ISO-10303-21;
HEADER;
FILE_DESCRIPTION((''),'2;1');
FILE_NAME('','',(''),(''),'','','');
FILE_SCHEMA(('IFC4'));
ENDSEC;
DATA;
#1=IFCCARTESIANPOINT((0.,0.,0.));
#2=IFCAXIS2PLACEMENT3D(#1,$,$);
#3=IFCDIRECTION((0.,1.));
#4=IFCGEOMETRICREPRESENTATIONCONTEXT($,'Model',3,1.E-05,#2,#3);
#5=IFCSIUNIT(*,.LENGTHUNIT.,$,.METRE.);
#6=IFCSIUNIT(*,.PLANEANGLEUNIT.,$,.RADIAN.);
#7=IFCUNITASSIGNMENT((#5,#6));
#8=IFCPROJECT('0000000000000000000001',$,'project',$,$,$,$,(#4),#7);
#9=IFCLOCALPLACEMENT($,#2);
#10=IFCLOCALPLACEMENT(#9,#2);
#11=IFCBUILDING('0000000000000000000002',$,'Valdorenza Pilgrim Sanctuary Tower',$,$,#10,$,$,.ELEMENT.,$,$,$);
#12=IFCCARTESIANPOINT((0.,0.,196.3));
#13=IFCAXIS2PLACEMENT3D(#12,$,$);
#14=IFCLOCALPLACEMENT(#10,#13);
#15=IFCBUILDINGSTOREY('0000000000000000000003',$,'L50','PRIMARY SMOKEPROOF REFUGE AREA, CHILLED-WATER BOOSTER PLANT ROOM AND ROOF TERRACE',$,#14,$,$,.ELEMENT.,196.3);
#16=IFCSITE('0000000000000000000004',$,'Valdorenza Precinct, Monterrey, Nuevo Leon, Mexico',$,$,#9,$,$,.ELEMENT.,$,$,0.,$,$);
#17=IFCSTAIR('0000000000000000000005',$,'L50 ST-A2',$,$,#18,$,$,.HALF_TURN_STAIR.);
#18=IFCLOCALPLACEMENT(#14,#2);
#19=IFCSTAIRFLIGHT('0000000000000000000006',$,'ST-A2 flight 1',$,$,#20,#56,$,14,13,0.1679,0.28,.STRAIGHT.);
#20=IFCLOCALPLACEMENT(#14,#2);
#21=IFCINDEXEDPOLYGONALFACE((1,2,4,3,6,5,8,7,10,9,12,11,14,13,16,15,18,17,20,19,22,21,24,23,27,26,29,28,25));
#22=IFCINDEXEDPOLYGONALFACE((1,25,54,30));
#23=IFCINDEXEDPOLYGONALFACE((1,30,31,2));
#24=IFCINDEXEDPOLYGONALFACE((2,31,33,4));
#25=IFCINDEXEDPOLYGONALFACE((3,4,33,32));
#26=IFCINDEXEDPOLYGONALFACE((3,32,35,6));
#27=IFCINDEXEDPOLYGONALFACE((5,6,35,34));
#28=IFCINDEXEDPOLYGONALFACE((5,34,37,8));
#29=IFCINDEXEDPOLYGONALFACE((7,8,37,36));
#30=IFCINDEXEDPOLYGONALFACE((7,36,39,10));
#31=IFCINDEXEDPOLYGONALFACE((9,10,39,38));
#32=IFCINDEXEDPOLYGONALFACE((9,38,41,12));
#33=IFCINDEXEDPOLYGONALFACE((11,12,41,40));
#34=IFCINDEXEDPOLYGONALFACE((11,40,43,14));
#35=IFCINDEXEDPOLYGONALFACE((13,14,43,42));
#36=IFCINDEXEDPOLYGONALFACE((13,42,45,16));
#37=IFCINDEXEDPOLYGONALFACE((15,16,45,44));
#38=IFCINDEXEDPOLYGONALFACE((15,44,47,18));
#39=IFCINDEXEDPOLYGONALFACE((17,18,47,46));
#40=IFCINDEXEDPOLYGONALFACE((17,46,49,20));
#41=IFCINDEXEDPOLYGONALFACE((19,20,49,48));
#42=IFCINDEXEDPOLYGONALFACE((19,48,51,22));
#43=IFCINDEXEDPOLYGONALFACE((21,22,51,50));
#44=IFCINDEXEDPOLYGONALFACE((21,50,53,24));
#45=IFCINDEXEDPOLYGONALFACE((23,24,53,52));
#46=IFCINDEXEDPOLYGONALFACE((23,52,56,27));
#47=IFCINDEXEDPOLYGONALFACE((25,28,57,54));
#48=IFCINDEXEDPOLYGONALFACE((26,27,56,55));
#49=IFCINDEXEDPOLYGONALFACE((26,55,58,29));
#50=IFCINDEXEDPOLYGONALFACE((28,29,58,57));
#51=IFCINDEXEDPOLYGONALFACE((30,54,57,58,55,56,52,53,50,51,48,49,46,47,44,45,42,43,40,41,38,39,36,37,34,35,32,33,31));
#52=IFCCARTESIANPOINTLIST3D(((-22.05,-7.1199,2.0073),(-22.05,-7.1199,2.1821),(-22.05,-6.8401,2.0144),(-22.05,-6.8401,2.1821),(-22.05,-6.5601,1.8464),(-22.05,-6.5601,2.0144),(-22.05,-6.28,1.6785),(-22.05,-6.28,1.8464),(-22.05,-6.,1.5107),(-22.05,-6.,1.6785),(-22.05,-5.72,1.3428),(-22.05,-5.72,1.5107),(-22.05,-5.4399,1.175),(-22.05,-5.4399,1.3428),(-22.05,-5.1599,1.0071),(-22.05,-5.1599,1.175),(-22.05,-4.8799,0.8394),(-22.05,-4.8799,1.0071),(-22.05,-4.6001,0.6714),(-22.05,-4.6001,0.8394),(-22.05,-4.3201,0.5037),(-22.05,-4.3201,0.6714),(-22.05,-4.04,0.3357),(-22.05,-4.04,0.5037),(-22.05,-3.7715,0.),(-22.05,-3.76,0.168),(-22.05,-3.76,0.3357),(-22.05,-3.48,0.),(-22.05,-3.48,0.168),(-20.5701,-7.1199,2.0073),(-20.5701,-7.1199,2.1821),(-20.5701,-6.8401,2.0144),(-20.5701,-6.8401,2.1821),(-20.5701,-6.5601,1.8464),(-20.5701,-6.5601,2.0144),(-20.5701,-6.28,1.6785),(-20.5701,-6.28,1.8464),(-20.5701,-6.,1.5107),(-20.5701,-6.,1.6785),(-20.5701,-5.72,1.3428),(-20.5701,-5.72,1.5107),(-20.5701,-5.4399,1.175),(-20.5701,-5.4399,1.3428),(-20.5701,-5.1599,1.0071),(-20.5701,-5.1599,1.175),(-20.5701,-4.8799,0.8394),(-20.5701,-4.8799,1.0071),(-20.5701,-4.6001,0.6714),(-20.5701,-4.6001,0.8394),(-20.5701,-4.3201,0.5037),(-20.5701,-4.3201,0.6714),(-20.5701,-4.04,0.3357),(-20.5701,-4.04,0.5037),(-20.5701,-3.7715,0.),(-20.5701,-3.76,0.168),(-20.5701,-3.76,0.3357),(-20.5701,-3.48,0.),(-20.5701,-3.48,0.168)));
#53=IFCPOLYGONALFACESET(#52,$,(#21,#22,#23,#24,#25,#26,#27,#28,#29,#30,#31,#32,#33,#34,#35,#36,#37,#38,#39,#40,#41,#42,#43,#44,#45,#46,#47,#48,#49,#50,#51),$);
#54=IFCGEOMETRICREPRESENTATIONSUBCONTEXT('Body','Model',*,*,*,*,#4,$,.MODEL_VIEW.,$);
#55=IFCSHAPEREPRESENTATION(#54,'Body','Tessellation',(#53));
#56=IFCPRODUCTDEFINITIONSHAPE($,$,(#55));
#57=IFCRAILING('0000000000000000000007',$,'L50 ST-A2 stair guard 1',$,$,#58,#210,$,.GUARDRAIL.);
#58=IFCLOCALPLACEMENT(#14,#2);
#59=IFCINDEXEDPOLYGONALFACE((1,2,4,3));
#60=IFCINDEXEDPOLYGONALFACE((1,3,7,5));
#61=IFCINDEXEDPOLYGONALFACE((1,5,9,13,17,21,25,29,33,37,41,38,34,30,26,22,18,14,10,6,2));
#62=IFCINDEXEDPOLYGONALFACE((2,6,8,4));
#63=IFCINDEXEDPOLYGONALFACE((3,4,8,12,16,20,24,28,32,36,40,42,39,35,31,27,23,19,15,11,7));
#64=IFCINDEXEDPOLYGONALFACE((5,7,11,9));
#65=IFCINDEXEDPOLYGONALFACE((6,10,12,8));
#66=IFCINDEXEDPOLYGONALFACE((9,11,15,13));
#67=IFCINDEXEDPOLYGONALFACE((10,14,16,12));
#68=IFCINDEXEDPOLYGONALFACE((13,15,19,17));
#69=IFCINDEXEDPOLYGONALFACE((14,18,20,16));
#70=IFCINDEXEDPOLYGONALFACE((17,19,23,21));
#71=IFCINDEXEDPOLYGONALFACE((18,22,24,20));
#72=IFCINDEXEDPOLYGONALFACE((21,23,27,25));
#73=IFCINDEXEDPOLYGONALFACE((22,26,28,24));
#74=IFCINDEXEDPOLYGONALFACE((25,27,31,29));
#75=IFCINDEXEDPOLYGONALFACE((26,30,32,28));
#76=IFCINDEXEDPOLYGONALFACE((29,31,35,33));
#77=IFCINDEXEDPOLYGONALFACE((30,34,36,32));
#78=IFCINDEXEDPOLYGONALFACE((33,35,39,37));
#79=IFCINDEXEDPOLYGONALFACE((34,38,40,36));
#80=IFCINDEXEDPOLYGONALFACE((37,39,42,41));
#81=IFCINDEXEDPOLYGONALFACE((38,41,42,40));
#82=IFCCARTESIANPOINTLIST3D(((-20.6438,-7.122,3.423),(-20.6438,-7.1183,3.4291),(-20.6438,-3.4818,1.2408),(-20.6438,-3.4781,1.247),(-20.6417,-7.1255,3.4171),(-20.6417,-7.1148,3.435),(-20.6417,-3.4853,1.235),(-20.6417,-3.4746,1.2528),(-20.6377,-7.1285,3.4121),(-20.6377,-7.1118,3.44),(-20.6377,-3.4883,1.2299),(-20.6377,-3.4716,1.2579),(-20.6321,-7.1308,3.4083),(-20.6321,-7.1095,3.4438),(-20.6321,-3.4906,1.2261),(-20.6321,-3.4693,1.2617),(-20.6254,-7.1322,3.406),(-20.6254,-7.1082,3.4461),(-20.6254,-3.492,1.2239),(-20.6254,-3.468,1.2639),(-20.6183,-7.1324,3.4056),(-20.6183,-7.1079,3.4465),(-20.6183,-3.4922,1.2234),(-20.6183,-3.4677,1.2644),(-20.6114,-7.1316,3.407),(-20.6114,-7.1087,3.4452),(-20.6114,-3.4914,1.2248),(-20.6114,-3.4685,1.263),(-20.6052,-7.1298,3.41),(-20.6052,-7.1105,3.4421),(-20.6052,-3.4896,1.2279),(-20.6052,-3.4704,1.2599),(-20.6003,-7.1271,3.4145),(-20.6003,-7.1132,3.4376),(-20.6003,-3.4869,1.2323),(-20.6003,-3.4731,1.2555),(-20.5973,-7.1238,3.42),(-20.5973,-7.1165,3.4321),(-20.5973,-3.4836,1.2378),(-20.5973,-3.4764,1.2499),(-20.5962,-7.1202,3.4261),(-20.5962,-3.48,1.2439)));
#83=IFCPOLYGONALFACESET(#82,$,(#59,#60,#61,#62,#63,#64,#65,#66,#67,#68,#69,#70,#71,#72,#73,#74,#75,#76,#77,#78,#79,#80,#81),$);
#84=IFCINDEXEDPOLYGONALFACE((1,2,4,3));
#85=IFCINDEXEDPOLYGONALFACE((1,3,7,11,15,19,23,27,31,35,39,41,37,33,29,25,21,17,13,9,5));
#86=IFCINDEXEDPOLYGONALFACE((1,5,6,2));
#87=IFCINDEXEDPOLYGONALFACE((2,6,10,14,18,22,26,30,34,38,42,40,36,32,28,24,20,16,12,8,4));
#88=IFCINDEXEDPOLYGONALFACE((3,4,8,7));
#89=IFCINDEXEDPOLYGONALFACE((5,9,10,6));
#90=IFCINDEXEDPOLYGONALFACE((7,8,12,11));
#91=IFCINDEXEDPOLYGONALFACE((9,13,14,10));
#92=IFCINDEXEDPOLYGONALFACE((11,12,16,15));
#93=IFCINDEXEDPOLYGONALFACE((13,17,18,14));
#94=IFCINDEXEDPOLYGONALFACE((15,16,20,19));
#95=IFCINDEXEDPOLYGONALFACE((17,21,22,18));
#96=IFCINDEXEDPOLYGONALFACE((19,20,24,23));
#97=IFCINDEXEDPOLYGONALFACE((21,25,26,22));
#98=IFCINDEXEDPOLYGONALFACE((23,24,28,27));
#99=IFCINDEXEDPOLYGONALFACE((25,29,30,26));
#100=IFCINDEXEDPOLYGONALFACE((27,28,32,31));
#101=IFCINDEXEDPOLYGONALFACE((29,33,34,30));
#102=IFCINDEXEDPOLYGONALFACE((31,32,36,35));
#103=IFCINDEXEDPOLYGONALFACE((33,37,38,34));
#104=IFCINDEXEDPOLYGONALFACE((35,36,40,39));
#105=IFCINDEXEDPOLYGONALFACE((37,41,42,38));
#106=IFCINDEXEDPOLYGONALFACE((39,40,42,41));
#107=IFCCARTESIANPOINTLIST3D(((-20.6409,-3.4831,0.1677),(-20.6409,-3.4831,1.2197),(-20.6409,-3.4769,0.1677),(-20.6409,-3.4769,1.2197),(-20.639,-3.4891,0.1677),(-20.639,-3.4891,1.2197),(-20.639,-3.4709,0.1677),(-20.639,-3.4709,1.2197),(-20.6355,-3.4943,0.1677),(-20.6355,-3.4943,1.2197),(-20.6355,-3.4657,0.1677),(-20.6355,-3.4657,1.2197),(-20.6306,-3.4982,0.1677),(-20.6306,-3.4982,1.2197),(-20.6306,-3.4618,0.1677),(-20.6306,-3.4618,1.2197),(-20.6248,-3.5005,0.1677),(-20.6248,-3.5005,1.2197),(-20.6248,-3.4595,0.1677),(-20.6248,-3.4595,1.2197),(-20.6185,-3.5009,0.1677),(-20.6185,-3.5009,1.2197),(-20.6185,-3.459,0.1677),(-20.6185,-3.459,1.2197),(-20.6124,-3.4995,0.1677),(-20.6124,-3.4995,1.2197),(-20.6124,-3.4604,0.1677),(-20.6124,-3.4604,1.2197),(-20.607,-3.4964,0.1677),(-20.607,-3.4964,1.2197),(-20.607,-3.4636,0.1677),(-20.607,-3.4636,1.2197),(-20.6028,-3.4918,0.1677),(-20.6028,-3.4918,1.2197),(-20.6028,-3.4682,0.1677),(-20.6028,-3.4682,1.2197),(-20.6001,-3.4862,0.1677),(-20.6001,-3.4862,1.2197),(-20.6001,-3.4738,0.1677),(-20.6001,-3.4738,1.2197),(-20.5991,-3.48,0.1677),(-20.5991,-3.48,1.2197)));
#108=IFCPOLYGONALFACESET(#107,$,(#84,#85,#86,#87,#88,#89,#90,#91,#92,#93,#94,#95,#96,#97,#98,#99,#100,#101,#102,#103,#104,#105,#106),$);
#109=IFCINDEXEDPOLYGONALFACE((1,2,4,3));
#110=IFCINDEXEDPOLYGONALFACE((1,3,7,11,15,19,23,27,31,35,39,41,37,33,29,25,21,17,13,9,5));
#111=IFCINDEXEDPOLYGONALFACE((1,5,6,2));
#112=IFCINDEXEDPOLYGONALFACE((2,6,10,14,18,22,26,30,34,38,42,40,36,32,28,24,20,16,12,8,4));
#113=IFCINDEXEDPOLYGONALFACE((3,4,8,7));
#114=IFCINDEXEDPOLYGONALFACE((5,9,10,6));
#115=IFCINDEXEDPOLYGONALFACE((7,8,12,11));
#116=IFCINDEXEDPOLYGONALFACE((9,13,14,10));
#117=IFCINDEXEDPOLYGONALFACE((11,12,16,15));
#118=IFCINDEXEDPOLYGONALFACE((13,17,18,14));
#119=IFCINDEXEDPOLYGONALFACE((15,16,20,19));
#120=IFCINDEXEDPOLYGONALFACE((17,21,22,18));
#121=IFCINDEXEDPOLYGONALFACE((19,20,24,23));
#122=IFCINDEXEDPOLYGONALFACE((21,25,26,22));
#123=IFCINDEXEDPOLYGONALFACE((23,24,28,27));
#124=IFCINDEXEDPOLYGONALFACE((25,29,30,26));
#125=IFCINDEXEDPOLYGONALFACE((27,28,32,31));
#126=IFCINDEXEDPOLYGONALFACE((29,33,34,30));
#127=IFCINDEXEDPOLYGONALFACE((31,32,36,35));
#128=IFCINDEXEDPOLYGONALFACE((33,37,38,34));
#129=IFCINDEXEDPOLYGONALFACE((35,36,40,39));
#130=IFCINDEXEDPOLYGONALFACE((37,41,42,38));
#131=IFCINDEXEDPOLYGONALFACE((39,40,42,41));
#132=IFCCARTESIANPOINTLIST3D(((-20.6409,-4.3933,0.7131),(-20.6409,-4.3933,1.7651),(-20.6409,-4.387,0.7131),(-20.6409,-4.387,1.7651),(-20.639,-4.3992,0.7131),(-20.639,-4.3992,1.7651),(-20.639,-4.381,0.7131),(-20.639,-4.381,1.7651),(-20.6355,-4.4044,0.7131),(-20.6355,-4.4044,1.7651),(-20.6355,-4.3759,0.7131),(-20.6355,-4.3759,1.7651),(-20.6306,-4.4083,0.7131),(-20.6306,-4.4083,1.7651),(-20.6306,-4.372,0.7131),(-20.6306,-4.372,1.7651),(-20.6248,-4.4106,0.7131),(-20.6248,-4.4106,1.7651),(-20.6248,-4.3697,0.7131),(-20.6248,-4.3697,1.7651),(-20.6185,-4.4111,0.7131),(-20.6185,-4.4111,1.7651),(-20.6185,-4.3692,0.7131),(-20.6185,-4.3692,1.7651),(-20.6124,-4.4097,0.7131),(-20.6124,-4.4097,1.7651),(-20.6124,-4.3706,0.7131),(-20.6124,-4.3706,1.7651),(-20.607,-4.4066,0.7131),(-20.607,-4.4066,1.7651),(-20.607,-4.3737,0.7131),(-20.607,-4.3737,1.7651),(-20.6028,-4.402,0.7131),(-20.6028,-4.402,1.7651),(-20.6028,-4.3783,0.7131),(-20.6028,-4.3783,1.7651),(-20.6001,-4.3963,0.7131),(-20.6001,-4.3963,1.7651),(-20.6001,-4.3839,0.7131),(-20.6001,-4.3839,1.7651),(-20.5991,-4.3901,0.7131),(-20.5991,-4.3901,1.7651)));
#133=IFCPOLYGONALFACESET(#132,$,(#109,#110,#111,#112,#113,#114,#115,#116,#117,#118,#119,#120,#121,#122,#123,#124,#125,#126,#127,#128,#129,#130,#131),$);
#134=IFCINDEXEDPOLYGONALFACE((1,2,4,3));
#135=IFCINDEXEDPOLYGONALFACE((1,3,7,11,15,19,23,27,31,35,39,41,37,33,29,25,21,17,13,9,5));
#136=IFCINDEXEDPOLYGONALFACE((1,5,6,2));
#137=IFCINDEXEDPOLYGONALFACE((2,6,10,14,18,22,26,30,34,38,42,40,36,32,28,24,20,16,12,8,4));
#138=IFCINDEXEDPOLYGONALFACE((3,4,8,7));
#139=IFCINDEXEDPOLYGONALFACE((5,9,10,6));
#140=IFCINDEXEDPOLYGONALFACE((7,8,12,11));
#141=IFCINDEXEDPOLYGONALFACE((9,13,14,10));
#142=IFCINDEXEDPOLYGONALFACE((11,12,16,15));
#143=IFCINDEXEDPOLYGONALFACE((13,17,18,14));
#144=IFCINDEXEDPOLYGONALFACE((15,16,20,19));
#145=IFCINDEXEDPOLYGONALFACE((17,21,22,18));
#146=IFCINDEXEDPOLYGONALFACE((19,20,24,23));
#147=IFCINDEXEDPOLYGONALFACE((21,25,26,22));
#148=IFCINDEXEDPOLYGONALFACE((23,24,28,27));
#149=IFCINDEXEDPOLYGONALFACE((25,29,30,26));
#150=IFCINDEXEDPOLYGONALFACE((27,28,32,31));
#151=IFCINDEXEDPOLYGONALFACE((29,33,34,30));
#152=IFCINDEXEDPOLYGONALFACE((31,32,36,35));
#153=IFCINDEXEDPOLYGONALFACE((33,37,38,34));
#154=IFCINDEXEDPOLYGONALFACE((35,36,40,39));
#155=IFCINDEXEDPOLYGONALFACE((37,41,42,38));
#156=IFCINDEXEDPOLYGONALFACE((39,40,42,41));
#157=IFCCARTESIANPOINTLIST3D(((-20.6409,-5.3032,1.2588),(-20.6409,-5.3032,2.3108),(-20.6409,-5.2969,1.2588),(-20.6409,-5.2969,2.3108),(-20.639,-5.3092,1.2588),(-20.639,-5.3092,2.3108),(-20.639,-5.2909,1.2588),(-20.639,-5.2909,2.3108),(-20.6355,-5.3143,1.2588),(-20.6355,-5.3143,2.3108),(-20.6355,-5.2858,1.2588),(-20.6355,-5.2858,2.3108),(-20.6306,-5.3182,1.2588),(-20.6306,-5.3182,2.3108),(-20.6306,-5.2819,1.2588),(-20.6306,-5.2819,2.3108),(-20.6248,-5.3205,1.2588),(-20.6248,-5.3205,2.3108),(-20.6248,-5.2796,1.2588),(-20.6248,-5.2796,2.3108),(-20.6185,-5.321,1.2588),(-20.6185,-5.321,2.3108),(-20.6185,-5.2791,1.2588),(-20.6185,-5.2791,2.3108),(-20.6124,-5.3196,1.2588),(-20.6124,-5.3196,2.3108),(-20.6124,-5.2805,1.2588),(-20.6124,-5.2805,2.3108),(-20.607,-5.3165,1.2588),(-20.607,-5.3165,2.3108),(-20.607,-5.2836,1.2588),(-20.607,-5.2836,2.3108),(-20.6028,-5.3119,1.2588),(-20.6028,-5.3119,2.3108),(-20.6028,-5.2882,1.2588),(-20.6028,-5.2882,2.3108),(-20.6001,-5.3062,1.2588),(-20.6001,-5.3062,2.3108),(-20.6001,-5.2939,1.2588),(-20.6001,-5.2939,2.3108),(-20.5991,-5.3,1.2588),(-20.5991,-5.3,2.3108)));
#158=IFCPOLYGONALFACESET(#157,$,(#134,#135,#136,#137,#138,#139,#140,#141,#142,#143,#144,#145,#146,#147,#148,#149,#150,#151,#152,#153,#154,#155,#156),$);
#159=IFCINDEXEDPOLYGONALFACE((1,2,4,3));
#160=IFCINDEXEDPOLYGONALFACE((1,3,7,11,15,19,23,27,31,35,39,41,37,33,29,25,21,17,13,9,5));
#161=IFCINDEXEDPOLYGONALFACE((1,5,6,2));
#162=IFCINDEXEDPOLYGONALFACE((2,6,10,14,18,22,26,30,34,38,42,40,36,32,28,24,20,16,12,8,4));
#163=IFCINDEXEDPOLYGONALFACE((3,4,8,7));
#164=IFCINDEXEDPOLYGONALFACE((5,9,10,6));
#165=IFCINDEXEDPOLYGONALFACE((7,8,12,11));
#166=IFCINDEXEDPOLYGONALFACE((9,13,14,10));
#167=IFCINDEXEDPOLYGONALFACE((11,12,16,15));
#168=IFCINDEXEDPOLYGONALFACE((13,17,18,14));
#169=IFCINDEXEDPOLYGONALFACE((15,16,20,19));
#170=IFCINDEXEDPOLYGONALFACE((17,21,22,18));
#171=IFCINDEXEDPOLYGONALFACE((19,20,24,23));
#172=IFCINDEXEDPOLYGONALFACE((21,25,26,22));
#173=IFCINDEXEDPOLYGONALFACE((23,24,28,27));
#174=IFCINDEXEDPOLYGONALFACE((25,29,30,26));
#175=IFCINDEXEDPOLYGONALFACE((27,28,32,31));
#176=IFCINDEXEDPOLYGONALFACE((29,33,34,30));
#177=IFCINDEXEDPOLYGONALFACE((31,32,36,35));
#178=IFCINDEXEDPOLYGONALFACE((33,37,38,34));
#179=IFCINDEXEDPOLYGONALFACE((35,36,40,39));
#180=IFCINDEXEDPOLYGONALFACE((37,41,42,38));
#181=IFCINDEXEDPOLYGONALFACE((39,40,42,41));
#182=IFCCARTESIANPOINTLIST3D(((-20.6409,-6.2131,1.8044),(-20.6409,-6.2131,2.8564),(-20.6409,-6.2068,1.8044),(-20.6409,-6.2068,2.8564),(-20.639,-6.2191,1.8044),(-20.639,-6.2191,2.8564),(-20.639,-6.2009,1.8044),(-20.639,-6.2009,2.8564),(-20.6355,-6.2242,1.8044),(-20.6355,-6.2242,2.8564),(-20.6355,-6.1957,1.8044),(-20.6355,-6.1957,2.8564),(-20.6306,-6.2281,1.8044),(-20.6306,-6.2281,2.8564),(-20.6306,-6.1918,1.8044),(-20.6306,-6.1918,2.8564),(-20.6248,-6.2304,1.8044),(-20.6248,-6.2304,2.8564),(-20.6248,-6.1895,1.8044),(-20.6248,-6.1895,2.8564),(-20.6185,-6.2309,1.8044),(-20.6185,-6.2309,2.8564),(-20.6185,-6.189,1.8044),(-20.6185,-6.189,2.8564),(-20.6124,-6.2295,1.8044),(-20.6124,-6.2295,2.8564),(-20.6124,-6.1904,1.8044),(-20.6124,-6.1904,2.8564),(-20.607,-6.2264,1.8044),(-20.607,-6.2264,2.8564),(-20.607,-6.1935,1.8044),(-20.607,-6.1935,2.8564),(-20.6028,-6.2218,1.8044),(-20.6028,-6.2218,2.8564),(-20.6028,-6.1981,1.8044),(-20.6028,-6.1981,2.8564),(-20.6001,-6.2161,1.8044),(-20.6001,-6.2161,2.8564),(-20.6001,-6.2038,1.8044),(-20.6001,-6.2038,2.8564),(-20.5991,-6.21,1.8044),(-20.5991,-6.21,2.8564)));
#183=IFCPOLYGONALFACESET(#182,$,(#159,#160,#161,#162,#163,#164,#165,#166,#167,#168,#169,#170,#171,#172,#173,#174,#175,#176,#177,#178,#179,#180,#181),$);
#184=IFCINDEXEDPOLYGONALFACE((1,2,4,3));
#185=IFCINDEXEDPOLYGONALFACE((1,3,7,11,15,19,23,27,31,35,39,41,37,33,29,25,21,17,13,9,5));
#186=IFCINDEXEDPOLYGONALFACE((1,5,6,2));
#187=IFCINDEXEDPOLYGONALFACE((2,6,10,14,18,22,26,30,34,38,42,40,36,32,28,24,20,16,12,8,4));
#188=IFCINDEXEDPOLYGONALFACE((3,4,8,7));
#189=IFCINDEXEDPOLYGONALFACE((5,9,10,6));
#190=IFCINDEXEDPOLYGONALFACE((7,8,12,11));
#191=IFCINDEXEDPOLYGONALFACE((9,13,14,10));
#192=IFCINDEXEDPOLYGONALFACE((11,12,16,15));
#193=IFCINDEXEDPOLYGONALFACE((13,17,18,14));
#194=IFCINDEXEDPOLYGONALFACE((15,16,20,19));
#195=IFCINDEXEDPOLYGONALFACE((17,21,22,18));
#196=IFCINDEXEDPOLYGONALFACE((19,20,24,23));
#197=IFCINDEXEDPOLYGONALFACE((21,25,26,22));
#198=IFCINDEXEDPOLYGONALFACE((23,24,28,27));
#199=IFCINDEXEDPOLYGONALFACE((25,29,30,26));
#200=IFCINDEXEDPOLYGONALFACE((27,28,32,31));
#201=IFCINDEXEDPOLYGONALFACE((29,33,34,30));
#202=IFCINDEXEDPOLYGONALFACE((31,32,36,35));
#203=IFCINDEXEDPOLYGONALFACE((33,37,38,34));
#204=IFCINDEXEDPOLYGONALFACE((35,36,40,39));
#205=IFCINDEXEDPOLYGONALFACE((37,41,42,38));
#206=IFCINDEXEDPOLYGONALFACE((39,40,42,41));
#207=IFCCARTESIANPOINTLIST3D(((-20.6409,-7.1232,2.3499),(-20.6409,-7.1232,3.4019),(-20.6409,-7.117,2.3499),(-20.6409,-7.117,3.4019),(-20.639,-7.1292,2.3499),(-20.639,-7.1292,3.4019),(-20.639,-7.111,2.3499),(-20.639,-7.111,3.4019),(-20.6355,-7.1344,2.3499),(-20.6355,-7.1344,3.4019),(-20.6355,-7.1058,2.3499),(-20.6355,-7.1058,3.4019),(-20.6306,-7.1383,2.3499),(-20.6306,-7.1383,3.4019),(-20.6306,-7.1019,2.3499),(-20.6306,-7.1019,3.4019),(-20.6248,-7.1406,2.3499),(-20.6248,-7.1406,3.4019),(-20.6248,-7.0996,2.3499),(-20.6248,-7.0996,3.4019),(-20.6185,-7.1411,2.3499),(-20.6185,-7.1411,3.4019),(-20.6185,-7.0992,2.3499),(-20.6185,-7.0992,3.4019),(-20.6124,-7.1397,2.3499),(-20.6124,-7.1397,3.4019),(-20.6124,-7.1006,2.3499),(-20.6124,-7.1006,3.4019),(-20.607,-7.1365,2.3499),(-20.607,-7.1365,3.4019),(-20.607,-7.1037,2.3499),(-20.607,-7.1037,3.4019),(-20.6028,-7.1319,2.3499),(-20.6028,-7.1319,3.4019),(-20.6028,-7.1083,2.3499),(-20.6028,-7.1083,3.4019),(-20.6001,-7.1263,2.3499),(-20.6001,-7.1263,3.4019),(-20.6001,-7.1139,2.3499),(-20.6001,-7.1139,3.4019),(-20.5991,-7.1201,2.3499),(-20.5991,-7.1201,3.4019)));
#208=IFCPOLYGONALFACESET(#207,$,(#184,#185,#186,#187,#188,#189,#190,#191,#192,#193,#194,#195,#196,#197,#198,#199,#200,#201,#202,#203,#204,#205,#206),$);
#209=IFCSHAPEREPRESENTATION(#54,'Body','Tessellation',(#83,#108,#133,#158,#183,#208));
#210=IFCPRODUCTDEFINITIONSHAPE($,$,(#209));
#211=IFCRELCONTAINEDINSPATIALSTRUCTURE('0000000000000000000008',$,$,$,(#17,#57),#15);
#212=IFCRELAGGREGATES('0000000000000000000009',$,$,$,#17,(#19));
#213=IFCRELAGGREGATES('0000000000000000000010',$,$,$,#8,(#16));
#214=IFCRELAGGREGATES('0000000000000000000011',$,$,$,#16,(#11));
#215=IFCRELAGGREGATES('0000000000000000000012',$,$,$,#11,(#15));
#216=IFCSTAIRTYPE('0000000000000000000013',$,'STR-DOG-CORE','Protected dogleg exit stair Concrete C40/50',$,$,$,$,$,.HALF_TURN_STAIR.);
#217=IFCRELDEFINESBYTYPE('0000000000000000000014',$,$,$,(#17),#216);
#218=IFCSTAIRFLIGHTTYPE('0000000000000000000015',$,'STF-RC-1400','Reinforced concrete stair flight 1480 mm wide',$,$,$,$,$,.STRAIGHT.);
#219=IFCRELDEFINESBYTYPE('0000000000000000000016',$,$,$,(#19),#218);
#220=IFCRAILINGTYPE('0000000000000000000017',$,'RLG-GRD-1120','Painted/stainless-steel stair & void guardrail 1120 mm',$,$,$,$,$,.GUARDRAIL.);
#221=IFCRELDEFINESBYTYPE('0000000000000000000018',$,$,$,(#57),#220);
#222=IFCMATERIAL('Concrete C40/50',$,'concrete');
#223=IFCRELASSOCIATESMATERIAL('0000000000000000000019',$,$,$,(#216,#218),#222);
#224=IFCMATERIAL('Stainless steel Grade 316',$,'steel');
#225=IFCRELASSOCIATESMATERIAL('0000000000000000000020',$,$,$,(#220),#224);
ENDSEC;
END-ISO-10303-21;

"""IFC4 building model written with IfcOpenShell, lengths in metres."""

from ifc_helpers import new_model, si_unit, direction, frame, origin, origin_2d, place, context, subcontext, project, spatial, polyline, circle, outline, extrude, material, type_object, element, aggregate, save


model = new_model("IFC4")

# Units and contexts
model_context = context("Model", 3, precision=1e-05, world=origin(), true_north=direction((0.0, 1.0)))
body_context = subcontext(model_context, "Body", "Model", "MODEL_VIEW")
ifc_project = project(units=[si_unit("LENGTHUNIT", "METRE"), si_unit("PLANEANGLEUNIT", "RADIAN")], contexts=[model_context])

# Site, building, storey
site_placement = place(None, origin())
site = spatial("IfcSite", under=ifc_project, at=site_placement, Name="Valdorenza Precinct, Monterrey, Nuevo Leon, Mexico", CompositionType="ELEMENT", RefElevation=0.0)
building_placement = place(site_placement, origin())
building = spatial("IfcBuilding", under=site, at=building_placement, Name="Valdorenza Pilgrim Sanctuary Tower", CompositionType="ELEMENT")
storey_placement = place(building_placement, frame((0.0, 0.0, 196.3)))
storey = spatial("IfcBuildingStorey", under=building, at=storey_placement, Name="L50", Description="PRIMARY SMOKEPROOF REFUGE AREA, CHILLED-WATER BOOSTER PLANT ROOM AND ROOF TERRACE", CompositionType="ELEMENT", Elevation=196.3)

# Shared definitions
ifc_material_1 = material(Name="Concrete C40/50", Category="concrete")

# Stair, stair flight
stair_type = type_object("IfcStairType", Name="STR-DOG-CORE", Description="Protected dogleg exit stair Concrete C40/50", PredefinedType="HALF_TURN_STAIR", material=ifc_material_1)
stair_placement = place(storey_placement, origin())
stair = element("IfcStair", 1, at=stair_placement, inside=storey, type_object=stair_type, Name="L50 ST-A2", PredefinedType="HALF_TURN_STAIR")
stair_flight_type = type_object("IfcStairFlightType", Name="STF-RC-1400", Description="Reinforced concrete stair flight 1480 mm wide", PredefinedType="STRAIGHT", material=ifc_material_1)
stair_flight_placement = place(storey_placement, frame((-21.3101, -3.48, 0.0), z_axis=(0.0, 0.0, 1.0), x_axis=(0.0, -1.0, 0.0)))
stair_flight = element("IfcStairFlight", 2, at=stair_flight_placement, type_object=stair_flight_type, Name="ST-A2 flight 1", NumberOfRisers=14, NumberOfTreads=13, PredefinedType="STRAIGHT", RiserHeight=0.1679, TreadLength=0.28, context=body_context, shape_type="SweptSolid", body=[
    extrude(outline(polyline([(0.0, 0.0), (0.0, 0.168), (0.28, 0.168), (0.28, 0.3357), (0.5601, 0.3357), (0.5601, 0.5037), (0.8401, 0.5037), (0.8401, 0.6714), (1.1201, 0.6714), (1.1201, 0.8394), (1.3999, 0.8394), (1.3999, 1.0071), (1.6799, 1.0071), (1.6799, 1.175), (1.96, 1.175), (1.96, 1.3428), (2.24, 1.3428), (2.24, 1.5107), (2.52, 1.5107), (2.52, 1.6785), (2.8, 1.6785), (2.8, 1.8464), (3.0801, 1.8464), (3.0801, 2.0144), (3.3601, 2.0144), (3.3601, 2.1821), (3.6399, 2.1821), (3.6399, 2.3501), (3.6399, 2.0073), (0.2915, 0.0), (0.0, 0.0)])), frame((0.0, 0.74, 0.0), z_axis=(0.0, -1.0, 0.0), x_axis=(1.0, 0.0, 0.0)), (0.0, 0.0, 1.0), 1.48),
])
aggregate(stair, [stair_flight])

# Railing
ifc_material_2 = material(Name="Stainless steel Grade 316", Category="steel")
railing_type_1 = type_object("IfcRailingType", Name="RLG-GRD-1120", Description="Painted/stainless-steel stair & void guardrail 1120 mm", PredefinedType="GUARDRAIL", material=ifc_material_2)
railing_1_placement = place(storey_placement, frame((-20.6201, -3.48, 0.1677)))
element("IfcRailing", 3, at=railing_1_placement, inside=storey, type_object=railing_type_1, Name="L50 ST-A2 stair guard 1", PredefinedType="GUARDRAIL", context=body_context, shape_type="SweptSolid", body=[
    extrude(circle(Radius=0.0239, at=origin_2d()), frame((0.0, 0.0, 1.0762), z_axis=(0.0, -0.857696, 0.514157), x_axis=(1.0, 0.0, 0.0)), (0.0, 0.0, 1.0), 4.2441),
    extrude(circle(Radius=0.021, at=origin_2d()), origin(), (0.0, 0.0, 1.0), 1.052),
    extrude(circle(Radius=0.021, at=origin_2d()), frame((0.0, -0.9102, 0.5454)), (0.0, 0.0, 1.0), 1.052),
    extrude(circle(Radius=0.021, at=origin_2d()), frame((0.0, -1.8201, 1.0911)), (0.0, 0.0, 1.0), 1.052),
    extrude(circle(Radius=0.021, at=origin_2d()), frame((0.0, -2.73, 1.6367)), (0.0, 0.0, 1.0), 1.052),
    extrude(circle(Radius=0.021, at=origin_2d()), frame((0.0, -3.6401, 2.1821)), (0.0, 0.0, 1.0), 1.052),
])

save(model, "model.ifc")
